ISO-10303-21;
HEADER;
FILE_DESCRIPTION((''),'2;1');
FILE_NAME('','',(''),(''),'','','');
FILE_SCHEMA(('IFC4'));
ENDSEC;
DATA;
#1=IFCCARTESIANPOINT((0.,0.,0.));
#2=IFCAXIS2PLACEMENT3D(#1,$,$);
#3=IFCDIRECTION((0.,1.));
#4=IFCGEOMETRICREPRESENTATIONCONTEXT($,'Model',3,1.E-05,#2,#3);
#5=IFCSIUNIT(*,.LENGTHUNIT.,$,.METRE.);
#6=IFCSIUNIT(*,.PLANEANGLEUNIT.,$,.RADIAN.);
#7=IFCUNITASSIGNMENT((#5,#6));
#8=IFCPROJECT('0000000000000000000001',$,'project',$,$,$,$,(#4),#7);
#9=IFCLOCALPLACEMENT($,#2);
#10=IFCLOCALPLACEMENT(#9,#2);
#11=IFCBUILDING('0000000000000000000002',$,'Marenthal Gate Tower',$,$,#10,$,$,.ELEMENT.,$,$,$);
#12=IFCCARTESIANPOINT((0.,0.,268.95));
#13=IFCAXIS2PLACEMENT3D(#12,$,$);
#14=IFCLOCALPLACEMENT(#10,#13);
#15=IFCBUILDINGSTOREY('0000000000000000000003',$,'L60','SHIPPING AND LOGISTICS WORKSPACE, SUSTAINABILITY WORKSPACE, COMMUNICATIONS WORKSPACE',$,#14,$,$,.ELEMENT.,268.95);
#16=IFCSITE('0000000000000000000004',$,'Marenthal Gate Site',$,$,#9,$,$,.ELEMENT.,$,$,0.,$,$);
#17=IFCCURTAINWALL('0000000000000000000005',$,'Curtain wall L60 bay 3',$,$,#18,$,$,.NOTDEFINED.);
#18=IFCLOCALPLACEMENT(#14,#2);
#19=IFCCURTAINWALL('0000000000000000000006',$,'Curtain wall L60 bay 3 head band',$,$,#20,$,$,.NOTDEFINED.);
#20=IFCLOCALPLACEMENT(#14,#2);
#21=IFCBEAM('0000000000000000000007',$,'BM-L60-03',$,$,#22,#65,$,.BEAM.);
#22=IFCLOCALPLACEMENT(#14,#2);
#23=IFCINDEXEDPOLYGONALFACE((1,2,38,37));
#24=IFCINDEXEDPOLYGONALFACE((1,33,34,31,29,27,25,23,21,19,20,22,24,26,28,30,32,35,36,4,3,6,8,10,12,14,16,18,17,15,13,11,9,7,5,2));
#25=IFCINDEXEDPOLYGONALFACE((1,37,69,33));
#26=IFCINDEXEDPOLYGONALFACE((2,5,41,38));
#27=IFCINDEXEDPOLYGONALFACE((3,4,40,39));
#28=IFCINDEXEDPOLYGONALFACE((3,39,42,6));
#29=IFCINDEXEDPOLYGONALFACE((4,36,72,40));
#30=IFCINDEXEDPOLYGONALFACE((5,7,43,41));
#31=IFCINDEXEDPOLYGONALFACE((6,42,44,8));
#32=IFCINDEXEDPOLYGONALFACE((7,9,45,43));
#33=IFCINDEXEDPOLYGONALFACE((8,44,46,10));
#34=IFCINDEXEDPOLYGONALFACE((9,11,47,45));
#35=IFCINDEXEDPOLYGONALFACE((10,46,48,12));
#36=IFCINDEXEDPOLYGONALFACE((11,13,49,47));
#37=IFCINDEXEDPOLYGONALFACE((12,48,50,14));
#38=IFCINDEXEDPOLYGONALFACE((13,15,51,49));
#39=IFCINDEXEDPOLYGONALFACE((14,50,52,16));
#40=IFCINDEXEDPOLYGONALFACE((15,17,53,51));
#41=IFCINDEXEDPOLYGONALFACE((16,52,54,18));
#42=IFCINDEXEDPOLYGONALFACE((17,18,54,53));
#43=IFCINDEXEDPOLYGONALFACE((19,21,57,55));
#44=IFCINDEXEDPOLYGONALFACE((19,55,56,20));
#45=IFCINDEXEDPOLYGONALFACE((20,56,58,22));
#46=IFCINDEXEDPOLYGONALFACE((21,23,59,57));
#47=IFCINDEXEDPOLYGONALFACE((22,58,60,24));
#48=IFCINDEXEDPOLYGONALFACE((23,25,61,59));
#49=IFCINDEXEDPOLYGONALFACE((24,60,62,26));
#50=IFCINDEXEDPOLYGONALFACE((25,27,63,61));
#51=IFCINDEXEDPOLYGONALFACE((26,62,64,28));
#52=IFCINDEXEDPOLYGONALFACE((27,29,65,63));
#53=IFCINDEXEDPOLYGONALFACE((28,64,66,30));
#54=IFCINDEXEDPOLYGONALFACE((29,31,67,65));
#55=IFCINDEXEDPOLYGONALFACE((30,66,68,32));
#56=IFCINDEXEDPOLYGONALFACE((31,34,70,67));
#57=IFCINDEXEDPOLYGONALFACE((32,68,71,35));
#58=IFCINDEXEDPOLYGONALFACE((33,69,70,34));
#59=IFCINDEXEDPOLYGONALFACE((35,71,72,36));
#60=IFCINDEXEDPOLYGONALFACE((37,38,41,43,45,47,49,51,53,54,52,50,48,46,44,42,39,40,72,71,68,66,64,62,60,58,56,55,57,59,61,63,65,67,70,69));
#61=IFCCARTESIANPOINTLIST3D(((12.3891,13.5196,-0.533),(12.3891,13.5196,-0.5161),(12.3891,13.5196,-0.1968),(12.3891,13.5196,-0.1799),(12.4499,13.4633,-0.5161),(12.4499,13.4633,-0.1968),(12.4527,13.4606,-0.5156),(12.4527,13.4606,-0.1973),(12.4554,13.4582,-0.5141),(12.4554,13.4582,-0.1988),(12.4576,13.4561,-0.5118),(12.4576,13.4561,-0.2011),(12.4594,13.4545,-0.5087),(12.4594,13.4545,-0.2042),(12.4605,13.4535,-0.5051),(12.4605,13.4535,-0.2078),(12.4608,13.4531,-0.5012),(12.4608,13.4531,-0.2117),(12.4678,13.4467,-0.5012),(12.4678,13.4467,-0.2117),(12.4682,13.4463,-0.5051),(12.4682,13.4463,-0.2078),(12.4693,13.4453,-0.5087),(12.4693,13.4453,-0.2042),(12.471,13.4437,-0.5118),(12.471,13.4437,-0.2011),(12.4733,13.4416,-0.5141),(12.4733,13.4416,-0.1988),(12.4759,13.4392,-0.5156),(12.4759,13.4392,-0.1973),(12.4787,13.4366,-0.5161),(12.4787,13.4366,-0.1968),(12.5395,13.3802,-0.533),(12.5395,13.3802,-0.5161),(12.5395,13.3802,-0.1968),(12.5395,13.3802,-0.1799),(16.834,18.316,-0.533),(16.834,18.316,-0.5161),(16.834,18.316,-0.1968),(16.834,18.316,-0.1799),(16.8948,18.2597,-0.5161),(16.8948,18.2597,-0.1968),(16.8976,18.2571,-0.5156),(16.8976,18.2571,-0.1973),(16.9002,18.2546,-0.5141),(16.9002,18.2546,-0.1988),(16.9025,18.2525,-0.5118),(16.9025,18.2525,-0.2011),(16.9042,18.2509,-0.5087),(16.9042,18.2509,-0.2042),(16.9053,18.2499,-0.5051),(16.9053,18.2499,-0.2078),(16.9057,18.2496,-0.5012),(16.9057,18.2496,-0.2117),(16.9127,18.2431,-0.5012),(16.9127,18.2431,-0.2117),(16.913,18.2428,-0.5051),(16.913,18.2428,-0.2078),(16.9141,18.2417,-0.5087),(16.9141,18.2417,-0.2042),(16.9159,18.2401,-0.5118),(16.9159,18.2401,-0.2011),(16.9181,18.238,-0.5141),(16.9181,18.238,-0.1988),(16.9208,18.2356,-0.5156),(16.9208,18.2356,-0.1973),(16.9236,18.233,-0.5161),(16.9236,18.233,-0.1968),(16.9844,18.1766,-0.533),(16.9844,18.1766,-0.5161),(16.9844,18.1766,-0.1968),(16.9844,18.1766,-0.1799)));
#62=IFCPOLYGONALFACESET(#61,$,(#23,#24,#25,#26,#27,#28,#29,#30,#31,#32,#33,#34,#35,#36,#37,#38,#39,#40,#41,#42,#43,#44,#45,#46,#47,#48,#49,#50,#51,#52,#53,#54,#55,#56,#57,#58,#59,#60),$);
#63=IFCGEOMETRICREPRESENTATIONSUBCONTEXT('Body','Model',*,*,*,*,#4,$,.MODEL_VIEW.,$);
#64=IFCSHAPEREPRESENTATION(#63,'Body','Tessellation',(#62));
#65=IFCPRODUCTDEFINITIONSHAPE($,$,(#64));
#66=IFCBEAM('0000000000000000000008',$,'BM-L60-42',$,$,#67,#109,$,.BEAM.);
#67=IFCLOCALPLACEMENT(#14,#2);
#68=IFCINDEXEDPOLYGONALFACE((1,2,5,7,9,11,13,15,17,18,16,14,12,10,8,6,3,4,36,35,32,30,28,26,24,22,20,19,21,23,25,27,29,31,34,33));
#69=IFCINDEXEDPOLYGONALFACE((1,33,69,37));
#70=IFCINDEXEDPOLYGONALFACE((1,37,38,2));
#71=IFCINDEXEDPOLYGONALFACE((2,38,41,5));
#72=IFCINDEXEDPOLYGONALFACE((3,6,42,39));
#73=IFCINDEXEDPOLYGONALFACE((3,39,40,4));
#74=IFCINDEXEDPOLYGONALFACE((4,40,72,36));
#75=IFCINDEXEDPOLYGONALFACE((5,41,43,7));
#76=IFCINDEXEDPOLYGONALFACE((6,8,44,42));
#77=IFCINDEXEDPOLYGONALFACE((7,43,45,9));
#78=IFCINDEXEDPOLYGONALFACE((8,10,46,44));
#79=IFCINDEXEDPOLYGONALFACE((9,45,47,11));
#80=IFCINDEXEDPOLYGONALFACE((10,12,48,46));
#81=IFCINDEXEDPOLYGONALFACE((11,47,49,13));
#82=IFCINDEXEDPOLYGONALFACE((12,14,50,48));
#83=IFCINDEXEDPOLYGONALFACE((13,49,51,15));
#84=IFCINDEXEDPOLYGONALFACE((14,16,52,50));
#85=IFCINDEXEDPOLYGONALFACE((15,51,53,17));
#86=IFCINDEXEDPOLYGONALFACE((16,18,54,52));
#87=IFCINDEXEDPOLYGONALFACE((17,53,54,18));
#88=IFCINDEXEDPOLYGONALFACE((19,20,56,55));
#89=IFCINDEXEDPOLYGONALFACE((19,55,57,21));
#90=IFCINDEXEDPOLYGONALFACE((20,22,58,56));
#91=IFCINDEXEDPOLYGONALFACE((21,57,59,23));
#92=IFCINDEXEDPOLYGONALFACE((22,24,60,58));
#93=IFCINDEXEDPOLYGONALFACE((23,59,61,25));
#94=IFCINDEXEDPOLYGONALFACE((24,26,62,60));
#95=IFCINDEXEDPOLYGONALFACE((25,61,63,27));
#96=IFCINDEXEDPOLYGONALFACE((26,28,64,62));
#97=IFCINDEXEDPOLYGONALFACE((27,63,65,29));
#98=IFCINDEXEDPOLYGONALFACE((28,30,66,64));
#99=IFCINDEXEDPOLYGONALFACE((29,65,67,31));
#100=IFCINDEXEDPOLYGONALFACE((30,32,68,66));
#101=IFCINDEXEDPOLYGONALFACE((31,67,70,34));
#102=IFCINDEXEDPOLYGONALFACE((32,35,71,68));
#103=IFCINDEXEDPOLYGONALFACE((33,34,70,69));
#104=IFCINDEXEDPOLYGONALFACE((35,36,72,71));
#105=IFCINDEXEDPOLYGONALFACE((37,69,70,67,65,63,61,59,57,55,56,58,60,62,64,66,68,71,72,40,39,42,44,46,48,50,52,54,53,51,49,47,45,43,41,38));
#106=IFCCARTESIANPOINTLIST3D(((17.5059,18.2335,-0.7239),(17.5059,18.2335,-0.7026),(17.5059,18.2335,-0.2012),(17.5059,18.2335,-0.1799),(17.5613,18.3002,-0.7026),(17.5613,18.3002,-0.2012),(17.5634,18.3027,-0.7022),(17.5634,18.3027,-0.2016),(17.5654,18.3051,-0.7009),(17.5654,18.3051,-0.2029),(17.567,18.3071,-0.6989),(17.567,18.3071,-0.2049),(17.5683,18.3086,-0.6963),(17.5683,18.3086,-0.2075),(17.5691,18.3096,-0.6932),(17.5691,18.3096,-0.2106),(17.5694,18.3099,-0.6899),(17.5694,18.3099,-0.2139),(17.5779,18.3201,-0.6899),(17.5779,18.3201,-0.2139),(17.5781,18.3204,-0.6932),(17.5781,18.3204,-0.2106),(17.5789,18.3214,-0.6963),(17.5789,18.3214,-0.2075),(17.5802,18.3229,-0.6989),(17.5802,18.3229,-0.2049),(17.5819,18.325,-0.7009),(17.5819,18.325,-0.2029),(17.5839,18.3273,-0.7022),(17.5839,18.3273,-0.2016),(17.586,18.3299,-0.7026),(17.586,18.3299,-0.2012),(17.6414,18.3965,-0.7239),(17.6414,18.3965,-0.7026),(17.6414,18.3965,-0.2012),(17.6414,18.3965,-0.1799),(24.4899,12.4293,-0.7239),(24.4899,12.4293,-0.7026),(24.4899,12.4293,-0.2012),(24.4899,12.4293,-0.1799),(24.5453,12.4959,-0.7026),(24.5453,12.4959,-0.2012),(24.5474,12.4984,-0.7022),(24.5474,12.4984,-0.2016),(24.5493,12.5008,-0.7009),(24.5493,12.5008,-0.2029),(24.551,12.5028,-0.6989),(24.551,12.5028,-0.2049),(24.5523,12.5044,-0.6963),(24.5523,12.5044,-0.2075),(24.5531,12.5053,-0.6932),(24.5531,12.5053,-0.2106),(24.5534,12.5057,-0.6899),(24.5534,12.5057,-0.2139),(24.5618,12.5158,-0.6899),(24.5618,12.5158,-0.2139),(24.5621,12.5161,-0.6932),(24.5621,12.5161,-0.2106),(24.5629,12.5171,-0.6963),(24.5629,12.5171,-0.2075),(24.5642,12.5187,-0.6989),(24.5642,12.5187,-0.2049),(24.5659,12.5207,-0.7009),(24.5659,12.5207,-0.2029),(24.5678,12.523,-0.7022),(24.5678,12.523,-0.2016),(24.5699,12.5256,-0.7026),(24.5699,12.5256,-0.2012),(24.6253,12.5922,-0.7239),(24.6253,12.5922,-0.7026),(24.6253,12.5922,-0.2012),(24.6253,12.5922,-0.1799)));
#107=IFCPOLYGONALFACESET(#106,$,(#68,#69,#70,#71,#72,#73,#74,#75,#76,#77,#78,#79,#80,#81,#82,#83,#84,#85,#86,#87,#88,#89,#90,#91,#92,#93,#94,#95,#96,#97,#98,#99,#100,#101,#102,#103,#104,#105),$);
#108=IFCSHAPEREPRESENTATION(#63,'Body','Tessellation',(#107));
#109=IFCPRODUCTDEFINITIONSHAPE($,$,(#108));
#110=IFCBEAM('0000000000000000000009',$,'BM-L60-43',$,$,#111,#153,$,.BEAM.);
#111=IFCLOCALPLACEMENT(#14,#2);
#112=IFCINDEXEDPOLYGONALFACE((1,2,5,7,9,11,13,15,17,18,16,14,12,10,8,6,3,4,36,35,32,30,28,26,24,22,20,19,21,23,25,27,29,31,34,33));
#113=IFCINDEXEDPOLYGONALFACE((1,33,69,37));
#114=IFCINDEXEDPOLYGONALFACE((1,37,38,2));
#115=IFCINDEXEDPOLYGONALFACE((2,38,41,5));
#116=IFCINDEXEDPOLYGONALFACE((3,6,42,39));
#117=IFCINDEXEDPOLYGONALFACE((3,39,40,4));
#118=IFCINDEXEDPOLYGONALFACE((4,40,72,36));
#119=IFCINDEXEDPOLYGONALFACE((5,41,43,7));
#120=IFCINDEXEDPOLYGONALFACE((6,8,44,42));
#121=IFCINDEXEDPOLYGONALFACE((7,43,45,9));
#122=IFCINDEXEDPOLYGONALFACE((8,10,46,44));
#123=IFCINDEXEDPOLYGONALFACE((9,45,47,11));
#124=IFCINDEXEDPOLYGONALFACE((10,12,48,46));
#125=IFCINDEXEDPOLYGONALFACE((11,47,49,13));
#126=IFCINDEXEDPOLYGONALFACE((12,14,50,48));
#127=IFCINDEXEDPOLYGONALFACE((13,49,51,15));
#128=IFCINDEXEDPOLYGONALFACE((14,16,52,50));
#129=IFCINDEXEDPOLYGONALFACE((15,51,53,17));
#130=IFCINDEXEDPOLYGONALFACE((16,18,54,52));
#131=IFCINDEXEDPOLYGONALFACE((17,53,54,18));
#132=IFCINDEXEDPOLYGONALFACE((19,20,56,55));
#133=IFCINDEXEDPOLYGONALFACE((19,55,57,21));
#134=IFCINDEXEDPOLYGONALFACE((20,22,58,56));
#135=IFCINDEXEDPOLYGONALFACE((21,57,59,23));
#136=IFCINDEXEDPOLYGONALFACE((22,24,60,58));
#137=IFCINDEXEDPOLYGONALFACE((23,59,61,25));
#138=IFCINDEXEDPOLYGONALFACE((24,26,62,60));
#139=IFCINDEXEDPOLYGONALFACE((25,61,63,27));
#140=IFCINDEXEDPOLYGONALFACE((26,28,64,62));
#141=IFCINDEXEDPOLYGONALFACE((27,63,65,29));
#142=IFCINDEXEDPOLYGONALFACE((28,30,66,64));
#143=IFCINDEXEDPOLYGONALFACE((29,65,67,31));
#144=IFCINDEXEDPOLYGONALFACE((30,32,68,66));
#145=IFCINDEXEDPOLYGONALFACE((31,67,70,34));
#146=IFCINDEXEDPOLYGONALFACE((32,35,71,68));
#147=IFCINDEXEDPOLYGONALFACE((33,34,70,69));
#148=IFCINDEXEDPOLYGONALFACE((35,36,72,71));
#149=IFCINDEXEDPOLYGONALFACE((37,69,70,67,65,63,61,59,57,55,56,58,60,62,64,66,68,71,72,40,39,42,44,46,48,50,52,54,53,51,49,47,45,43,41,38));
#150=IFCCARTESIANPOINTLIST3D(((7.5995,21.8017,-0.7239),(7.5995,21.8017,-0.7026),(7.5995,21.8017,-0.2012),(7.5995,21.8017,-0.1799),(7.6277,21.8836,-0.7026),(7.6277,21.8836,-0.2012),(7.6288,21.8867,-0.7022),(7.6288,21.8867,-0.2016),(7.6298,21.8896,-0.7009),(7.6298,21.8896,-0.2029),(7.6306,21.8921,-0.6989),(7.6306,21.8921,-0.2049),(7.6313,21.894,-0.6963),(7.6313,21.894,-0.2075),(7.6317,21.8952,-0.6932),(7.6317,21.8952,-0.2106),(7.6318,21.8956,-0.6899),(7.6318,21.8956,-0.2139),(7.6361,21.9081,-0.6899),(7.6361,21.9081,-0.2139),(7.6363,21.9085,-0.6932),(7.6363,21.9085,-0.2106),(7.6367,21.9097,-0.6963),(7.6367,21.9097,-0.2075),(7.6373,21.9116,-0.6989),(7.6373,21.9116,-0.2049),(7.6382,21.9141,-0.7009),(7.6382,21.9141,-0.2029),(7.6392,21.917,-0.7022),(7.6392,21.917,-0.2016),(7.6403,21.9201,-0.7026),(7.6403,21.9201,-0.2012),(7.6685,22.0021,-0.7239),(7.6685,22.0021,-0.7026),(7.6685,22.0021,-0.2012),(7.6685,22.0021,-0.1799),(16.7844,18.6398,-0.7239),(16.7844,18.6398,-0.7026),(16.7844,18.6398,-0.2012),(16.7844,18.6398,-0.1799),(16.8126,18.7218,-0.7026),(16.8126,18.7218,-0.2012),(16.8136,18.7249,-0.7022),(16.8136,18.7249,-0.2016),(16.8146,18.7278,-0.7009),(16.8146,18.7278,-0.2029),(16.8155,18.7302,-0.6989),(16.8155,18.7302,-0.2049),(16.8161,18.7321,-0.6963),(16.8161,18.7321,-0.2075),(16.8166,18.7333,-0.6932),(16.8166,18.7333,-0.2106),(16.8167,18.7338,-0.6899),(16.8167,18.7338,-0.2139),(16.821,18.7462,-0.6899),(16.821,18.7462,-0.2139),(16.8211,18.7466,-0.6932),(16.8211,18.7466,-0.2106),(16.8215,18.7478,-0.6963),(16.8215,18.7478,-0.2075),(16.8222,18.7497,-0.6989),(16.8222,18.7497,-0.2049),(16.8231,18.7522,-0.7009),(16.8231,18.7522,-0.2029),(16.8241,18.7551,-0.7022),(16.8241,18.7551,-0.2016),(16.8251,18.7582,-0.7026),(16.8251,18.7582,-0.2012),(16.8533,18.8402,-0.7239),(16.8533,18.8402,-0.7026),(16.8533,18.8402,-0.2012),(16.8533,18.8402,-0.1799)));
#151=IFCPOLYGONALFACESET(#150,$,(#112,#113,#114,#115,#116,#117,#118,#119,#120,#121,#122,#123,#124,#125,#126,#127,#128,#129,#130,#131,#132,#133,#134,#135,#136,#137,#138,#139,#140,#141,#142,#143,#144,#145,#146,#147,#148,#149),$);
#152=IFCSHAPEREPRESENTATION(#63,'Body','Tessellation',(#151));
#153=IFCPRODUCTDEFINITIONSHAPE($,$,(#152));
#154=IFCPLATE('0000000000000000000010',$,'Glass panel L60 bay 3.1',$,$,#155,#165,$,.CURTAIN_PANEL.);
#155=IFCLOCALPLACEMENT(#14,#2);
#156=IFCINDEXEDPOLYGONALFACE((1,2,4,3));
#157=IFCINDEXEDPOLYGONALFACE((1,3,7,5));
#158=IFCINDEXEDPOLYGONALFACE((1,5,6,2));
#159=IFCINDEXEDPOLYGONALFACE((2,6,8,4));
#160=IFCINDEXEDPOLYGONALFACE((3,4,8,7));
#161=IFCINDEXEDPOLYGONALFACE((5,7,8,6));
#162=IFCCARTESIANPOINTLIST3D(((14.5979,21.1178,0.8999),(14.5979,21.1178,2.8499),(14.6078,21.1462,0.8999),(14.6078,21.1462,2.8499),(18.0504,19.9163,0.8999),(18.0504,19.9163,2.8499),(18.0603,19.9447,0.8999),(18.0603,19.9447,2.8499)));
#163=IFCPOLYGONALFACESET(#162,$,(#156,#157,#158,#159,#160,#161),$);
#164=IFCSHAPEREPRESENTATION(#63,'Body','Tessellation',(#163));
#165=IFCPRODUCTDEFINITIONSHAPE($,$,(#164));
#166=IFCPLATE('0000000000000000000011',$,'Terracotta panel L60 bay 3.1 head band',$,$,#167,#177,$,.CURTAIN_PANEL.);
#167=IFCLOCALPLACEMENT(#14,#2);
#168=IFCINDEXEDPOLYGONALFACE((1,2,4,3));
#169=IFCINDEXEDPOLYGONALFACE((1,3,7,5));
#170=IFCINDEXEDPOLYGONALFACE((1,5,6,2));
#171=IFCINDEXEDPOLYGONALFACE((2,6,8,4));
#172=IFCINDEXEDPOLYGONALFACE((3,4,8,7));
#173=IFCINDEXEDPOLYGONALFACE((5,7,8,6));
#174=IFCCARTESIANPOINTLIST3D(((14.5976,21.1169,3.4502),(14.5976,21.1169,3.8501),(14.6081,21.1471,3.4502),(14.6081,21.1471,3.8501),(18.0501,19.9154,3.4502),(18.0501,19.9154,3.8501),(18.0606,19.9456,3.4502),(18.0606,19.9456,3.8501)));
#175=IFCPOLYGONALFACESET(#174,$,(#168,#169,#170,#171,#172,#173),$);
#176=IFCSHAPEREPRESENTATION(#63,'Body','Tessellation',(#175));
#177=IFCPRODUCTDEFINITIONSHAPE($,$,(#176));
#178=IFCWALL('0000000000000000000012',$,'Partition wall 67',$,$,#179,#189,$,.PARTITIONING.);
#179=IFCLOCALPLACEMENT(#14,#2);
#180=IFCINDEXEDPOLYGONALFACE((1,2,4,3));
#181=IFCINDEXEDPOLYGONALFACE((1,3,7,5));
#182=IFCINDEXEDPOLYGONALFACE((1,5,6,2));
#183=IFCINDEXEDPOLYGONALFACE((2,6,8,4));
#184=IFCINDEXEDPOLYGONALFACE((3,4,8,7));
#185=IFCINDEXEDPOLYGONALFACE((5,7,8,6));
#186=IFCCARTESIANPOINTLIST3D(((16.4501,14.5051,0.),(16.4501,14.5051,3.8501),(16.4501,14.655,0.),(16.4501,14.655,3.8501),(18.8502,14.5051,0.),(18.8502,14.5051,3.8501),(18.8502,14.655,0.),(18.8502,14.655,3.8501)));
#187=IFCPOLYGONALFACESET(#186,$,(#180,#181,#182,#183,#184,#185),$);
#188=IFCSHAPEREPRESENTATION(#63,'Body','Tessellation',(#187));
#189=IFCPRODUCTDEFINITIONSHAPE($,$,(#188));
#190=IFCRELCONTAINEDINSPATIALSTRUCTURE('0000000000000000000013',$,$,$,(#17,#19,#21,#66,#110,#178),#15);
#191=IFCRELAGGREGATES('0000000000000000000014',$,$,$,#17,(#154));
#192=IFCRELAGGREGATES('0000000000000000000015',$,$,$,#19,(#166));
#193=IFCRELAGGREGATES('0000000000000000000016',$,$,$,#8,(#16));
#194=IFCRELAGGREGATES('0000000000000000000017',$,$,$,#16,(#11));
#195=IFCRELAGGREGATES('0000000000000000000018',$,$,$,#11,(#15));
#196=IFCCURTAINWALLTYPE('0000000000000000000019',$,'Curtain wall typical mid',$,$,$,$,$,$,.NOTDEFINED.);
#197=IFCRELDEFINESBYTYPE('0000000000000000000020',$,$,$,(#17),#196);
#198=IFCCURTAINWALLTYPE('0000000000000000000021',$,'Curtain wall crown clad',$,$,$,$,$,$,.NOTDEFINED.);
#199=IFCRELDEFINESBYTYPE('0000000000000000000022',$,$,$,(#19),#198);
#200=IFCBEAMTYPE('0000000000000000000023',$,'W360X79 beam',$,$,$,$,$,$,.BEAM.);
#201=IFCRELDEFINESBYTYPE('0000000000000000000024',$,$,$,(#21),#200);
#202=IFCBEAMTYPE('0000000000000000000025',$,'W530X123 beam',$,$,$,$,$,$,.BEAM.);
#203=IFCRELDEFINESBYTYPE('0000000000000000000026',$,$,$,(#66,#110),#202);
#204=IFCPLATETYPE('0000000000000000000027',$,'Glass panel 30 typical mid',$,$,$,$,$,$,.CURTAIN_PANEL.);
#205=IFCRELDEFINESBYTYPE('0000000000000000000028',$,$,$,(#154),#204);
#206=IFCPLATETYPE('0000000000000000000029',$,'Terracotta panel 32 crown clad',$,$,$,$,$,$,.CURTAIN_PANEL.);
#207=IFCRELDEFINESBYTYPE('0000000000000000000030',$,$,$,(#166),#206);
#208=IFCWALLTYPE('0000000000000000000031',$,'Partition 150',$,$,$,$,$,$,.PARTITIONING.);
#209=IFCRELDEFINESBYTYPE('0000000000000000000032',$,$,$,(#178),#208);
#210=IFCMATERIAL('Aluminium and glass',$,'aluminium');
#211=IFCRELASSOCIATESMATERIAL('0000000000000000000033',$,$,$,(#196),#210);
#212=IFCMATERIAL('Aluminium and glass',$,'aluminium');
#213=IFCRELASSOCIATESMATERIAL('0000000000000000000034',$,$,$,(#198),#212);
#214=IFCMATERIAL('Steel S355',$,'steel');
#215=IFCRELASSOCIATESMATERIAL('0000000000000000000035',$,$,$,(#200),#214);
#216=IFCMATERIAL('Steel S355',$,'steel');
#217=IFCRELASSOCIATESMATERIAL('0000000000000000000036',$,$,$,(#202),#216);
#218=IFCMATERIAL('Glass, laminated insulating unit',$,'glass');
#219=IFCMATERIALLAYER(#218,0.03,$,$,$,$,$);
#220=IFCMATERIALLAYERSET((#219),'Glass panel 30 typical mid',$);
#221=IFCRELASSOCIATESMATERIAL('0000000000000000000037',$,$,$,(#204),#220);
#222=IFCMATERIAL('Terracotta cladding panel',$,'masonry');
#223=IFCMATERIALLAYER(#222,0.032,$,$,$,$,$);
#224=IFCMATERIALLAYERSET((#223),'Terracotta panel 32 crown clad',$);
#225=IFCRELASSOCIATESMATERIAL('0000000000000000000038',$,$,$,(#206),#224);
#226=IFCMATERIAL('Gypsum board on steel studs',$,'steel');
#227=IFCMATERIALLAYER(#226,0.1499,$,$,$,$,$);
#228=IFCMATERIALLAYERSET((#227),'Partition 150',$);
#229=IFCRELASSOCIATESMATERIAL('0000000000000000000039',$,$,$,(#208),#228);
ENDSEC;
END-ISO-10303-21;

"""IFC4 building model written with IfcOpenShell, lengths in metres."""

from ifc_helpers import new_model, si_unit, direction, frame, frame_2d, origin, origin_2d, place, context, subcontext, project, spatial, rectangle, i_section, extrude, material, layer, layer_set, material_profile, profile_set, type_object, element, aggregate, save


model = new_model("IFC4")

# Units and contexts
model_context = context("Model", 3, precision=1e-05, world=origin(), true_north=direction((0.0, 1.0)))
body_context = subcontext(model_context, "Body", "Model", "MODEL_VIEW")
ifc_project = project(units=[si_unit("LENGTHUNIT", "METRE"), si_unit("PLANEANGLEUNIT", "RADIAN")], contexts=[model_context])

# Site, building, storey
site_placement = place(None, origin())
site = spatial("IfcSite", under=ifc_project, at=site_placement, Name="Marenthal Gate Site", CompositionType="ELEMENT", RefElevation=0.0)
building_placement = place(site_placement, origin())
building = spatial("IfcBuilding", under=site, at=building_placement, Name="Marenthal Gate Tower", CompositionType="ELEMENT")
storey_placement = place(building_placement, frame((0.0, 0.0, 268.95)))
storey = spatial("IfcBuildingStorey", under=building, at=storey_placement, Name="L60", Description="SHIPPING AND LOGISTICS WORKSPACE, SUSTAINABILITY WORKSPACE, COMMUNICATIONS WORKSPACE", CompositionType="ELEMENT", Elevation=268.95)

# Curtain wall
ifc_material_1 = material(Name="Aluminium and glass", Category="aluminium")
curtain_wall_type_1 = type_object("IfcCurtainWallType", Name="Curtain wall typical mid", PredefinedType="NOTDEFINED", material=ifc_material_1)
curtain_wall_1_placement = place(storey_placement, origin())
curtain_wall_1 = element("IfcCurtainWall", 1, at=curtain_wall_1_placement, inside=storey, type_object=curtain_wall_type_1, Name="Curtain wall L60 bay 3", PredefinedType="NOTDEFINED")
ifc_material_2 = material(Name="Aluminium and glass", Category="aluminium")
curtain_wall_type_2 = type_object("IfcCurtainWallType", Name="Curtain wall crown clad", PredefinedType="NOTDEFINED", material=ifc_material_2)

# Curtain wall
curtain_wall_2_placement = place(storey_placement, origin())
curtain_wall_2 = element("IfcCurtainWall", 2, at=curtain_wall_2_placement, inside=storey, type_object=curtain_wall_type_2, Name="Curtain wall L60 bay 3 head band", PredefinedType="NOTDEFINED")

# Beams
ifc_material_3 = material(Name="Steel S355", Category="steel")
ifc_material_profile_1 = material_profile(ifc_material_3, i_section(OverallWidth=0.2051, OverallDepth=0.353, WebThickness=0.0095, FlangeThickness=0.0168, FilletRadius=0.0149, at=origin_2d()), Name="W360X79")
ifc_profile_set_1 = profile_set([ifc_material_profile_1], Name="Steel S355")
beam_type_1 = type_object("IfcBeamType", Name="W360X79 beam", PredefinedType="BEAM", material=ifc_profile_set_1)
beam_1_placement = place(storey_placement, frame((16.9092, 18.2463, -0.3564), z_axis=(-0.679715, -0.733477, 0.0), x_axis=(0.733477, -0.679715, 0.0)))
element("IfcBeam", 3, at=beam_1_placement, inside=storey, type_object=beam_type_1, Name="BM-L60-03", PredefinedType="BEAM", context=body_context, shape_type="SweptSolid", body=[
    extrude(i_section(OverallWidth=0.2051, OverallDepth=0.353, WebThickness=0.0095, FlangeThickness=0.0168, FilletRadius=0.0149, at=origin_2d()), origin(), (0.0, 0.0, 1.0), 6.5393),
])
ifc_material_4 = material(Name="Steel S355", Category="steel")
ifc_material_profile_2 = material_profile(ifc_material_4, i_section(OverallWidth=0.2119, OverallDepth=0.5439, WebThickness=0.0132, FlangeThickness=0.0212, FilletRadius=0.0127, at=origin_2d()), Name="W530X123")
ifc_profile_set_2 = profile_set([ifc_material_profile_2], Name="Steel S355")
beam_type_2 = type_object("IfcBeamType", Name="W530X123 beam", PredefinedType="BEAM", material=ifc_profile_set_2)
beam_2_placement = place(storey_placement, frame((24.5576, 12.5107, -0.4519), z_axis=(-0.769071, 0.639163, 0.0), x_axis=(-0.639163, -0.769071, 0.0)))
element("IfcBeam", 4, at=beam_2_placement, inside=storey, type_object=beam_type_2, Name="BM-L60-42", PredefinedType="BEAM", context=body_context, shape_type="SweptSolid", body=[
    extrude(i_section(OverallWidth=0.2119, OverallDepth=0.5439, WebThickness=0.0132, FlangeThickness=0.0212, FilletRadius=0.0127, at=origin_2d()), origin(), (0.0, 0.0, 1.0), 9.0811),
])
beam_3_placement = place(storey_placement, frame((16.8188, 18.74, -0.4519), z_axis=(-0.945541, 0.325502, 0.0), x_axis=(-0.325502, -0.945541, 0.0)))
element("IfcBeam", 5, at=beam_3_placement, inside=storey, type_object=beam_type_2, Name="BM-L60-43", PredefinedType="BEAM", context=body_context, shape_type="SweptSolid", body=[
    extrude(i_section(OverallWidth=0.2119, OverallDepth=0.5439, WebThickness=0.0132, FlangeThickness=0.0212, FilletRadius=0.0127, at=origin_2d()), origin(), (0.0, 0.0, 1.0), 9.7139),
])

# Plates
ifc_material_5 = material(Name="Glass, laminated insulating unit", Category="glass")
ifc_layer_1 = layer(ifc_material_5, 0.03)
ifc_layer_set_1 = layer_set([ifc_layer_1], Name="Glass panel 30 typical mid")
plate_type_1 = type_object("IfcPlateType", Name="Glass panel 30 typical mid", PredefinedType="CURTAIN_PANEL", material=ifc_layer_set_1)
plate_1_placement = place(storey_placement, frame((16.3291, 20.5312, 0.8999), z_axis=(0.0, 0.0, 1.0), x_axis=(-0.944445, 0.32867, 0.0)))
plate_1 = element("IfcPlate", 6, at=plate_1_placement, type_object=plate_type_1, Name="Glass panel L60 bay 3.1", PredefinedType="CURTAIN_PANEL", context=body_context, shape_type="SweptSolid", body=[
    extrude(rectangle(XDim=3.6555, YDim=0.03, at=origin_2d()), origin(), (0.0, 0.0, 1.0), 1.95),
])
aggregate(curtain_wall_1, [plate_1])
ifc_material_6 = material(Name="Terracotta cladding panel", Category="masonry")
ifc_layer_2 = layer(ifc_material_6, 0.032)
ifc_layer_set_2 = layer_set([ifc_layer_2], Name="Terracotta panel 32 crown clad")
plate_type_2 = type_object("IfcPlateType", Name="Terracotta panel 32 crown clad", PredefinedType="CURTAIN_PANEL", material=ifc_layer_set_2)
plate_2_placement = place(storey_placement, frame((16.3291, 20.5312, 3.4502), z_axis=(0.0, 0.0, 1.0), x_axis=(-0.944445, 0.32867, 0.0)))
plate_2 = element("IfcPlate", 7, at=plate_2_placement, type_object=plate_type_2, Name="Terracotta panel L60 bay 3.1 head band", PredefinedType="CURTAIN_PANEL", context=body_context, shape_type="SweptSolid", body=[
    extrude(rectangle(XDim=3.6555, YDim=0.032, at=origin_2d()), origin(), (0.0, 0.0, 1.0), 0.3999),
])
aggregate(curtain_wall_2, [plate_2])

# Wall
ifc_material_7 = material(Name="Gypsum board on steel studs", Category="steel")
ifc_layer_3 = layer(ifc_material_7, 0.1499)
ifc_layer_set_3 = layer_set([ifc_layer_3], Name="Partition 150")
wall_type_1 = type_object("IfcWallType", Name="Partition 150", PredefinedType="PARTITIONING", material=ifc_layer_set_3)
wall_1_placement = place(storey_placement, frame((16.45, 14.5801, 0.0), z_axis=(0.0, 0.0, 1.0), x_axis=(1.0, 0.0, 0.0)))
element("IfcWall", 8, at=wall_1_placement, inside=storey, type_object=wall_type_1, Name="Partition wall 67", PredefinedType="PARTITIONING", context=body_context, shape_type="SweptSolid", body=[
    extrude(rectangle(XDim=2.4001, YDim=0.1499, at=frame_2d((1.2002, 0.0))), origin(), (0.0, 0.0, 1.0), 3.8501),
])

save(model, "model.ifc")
